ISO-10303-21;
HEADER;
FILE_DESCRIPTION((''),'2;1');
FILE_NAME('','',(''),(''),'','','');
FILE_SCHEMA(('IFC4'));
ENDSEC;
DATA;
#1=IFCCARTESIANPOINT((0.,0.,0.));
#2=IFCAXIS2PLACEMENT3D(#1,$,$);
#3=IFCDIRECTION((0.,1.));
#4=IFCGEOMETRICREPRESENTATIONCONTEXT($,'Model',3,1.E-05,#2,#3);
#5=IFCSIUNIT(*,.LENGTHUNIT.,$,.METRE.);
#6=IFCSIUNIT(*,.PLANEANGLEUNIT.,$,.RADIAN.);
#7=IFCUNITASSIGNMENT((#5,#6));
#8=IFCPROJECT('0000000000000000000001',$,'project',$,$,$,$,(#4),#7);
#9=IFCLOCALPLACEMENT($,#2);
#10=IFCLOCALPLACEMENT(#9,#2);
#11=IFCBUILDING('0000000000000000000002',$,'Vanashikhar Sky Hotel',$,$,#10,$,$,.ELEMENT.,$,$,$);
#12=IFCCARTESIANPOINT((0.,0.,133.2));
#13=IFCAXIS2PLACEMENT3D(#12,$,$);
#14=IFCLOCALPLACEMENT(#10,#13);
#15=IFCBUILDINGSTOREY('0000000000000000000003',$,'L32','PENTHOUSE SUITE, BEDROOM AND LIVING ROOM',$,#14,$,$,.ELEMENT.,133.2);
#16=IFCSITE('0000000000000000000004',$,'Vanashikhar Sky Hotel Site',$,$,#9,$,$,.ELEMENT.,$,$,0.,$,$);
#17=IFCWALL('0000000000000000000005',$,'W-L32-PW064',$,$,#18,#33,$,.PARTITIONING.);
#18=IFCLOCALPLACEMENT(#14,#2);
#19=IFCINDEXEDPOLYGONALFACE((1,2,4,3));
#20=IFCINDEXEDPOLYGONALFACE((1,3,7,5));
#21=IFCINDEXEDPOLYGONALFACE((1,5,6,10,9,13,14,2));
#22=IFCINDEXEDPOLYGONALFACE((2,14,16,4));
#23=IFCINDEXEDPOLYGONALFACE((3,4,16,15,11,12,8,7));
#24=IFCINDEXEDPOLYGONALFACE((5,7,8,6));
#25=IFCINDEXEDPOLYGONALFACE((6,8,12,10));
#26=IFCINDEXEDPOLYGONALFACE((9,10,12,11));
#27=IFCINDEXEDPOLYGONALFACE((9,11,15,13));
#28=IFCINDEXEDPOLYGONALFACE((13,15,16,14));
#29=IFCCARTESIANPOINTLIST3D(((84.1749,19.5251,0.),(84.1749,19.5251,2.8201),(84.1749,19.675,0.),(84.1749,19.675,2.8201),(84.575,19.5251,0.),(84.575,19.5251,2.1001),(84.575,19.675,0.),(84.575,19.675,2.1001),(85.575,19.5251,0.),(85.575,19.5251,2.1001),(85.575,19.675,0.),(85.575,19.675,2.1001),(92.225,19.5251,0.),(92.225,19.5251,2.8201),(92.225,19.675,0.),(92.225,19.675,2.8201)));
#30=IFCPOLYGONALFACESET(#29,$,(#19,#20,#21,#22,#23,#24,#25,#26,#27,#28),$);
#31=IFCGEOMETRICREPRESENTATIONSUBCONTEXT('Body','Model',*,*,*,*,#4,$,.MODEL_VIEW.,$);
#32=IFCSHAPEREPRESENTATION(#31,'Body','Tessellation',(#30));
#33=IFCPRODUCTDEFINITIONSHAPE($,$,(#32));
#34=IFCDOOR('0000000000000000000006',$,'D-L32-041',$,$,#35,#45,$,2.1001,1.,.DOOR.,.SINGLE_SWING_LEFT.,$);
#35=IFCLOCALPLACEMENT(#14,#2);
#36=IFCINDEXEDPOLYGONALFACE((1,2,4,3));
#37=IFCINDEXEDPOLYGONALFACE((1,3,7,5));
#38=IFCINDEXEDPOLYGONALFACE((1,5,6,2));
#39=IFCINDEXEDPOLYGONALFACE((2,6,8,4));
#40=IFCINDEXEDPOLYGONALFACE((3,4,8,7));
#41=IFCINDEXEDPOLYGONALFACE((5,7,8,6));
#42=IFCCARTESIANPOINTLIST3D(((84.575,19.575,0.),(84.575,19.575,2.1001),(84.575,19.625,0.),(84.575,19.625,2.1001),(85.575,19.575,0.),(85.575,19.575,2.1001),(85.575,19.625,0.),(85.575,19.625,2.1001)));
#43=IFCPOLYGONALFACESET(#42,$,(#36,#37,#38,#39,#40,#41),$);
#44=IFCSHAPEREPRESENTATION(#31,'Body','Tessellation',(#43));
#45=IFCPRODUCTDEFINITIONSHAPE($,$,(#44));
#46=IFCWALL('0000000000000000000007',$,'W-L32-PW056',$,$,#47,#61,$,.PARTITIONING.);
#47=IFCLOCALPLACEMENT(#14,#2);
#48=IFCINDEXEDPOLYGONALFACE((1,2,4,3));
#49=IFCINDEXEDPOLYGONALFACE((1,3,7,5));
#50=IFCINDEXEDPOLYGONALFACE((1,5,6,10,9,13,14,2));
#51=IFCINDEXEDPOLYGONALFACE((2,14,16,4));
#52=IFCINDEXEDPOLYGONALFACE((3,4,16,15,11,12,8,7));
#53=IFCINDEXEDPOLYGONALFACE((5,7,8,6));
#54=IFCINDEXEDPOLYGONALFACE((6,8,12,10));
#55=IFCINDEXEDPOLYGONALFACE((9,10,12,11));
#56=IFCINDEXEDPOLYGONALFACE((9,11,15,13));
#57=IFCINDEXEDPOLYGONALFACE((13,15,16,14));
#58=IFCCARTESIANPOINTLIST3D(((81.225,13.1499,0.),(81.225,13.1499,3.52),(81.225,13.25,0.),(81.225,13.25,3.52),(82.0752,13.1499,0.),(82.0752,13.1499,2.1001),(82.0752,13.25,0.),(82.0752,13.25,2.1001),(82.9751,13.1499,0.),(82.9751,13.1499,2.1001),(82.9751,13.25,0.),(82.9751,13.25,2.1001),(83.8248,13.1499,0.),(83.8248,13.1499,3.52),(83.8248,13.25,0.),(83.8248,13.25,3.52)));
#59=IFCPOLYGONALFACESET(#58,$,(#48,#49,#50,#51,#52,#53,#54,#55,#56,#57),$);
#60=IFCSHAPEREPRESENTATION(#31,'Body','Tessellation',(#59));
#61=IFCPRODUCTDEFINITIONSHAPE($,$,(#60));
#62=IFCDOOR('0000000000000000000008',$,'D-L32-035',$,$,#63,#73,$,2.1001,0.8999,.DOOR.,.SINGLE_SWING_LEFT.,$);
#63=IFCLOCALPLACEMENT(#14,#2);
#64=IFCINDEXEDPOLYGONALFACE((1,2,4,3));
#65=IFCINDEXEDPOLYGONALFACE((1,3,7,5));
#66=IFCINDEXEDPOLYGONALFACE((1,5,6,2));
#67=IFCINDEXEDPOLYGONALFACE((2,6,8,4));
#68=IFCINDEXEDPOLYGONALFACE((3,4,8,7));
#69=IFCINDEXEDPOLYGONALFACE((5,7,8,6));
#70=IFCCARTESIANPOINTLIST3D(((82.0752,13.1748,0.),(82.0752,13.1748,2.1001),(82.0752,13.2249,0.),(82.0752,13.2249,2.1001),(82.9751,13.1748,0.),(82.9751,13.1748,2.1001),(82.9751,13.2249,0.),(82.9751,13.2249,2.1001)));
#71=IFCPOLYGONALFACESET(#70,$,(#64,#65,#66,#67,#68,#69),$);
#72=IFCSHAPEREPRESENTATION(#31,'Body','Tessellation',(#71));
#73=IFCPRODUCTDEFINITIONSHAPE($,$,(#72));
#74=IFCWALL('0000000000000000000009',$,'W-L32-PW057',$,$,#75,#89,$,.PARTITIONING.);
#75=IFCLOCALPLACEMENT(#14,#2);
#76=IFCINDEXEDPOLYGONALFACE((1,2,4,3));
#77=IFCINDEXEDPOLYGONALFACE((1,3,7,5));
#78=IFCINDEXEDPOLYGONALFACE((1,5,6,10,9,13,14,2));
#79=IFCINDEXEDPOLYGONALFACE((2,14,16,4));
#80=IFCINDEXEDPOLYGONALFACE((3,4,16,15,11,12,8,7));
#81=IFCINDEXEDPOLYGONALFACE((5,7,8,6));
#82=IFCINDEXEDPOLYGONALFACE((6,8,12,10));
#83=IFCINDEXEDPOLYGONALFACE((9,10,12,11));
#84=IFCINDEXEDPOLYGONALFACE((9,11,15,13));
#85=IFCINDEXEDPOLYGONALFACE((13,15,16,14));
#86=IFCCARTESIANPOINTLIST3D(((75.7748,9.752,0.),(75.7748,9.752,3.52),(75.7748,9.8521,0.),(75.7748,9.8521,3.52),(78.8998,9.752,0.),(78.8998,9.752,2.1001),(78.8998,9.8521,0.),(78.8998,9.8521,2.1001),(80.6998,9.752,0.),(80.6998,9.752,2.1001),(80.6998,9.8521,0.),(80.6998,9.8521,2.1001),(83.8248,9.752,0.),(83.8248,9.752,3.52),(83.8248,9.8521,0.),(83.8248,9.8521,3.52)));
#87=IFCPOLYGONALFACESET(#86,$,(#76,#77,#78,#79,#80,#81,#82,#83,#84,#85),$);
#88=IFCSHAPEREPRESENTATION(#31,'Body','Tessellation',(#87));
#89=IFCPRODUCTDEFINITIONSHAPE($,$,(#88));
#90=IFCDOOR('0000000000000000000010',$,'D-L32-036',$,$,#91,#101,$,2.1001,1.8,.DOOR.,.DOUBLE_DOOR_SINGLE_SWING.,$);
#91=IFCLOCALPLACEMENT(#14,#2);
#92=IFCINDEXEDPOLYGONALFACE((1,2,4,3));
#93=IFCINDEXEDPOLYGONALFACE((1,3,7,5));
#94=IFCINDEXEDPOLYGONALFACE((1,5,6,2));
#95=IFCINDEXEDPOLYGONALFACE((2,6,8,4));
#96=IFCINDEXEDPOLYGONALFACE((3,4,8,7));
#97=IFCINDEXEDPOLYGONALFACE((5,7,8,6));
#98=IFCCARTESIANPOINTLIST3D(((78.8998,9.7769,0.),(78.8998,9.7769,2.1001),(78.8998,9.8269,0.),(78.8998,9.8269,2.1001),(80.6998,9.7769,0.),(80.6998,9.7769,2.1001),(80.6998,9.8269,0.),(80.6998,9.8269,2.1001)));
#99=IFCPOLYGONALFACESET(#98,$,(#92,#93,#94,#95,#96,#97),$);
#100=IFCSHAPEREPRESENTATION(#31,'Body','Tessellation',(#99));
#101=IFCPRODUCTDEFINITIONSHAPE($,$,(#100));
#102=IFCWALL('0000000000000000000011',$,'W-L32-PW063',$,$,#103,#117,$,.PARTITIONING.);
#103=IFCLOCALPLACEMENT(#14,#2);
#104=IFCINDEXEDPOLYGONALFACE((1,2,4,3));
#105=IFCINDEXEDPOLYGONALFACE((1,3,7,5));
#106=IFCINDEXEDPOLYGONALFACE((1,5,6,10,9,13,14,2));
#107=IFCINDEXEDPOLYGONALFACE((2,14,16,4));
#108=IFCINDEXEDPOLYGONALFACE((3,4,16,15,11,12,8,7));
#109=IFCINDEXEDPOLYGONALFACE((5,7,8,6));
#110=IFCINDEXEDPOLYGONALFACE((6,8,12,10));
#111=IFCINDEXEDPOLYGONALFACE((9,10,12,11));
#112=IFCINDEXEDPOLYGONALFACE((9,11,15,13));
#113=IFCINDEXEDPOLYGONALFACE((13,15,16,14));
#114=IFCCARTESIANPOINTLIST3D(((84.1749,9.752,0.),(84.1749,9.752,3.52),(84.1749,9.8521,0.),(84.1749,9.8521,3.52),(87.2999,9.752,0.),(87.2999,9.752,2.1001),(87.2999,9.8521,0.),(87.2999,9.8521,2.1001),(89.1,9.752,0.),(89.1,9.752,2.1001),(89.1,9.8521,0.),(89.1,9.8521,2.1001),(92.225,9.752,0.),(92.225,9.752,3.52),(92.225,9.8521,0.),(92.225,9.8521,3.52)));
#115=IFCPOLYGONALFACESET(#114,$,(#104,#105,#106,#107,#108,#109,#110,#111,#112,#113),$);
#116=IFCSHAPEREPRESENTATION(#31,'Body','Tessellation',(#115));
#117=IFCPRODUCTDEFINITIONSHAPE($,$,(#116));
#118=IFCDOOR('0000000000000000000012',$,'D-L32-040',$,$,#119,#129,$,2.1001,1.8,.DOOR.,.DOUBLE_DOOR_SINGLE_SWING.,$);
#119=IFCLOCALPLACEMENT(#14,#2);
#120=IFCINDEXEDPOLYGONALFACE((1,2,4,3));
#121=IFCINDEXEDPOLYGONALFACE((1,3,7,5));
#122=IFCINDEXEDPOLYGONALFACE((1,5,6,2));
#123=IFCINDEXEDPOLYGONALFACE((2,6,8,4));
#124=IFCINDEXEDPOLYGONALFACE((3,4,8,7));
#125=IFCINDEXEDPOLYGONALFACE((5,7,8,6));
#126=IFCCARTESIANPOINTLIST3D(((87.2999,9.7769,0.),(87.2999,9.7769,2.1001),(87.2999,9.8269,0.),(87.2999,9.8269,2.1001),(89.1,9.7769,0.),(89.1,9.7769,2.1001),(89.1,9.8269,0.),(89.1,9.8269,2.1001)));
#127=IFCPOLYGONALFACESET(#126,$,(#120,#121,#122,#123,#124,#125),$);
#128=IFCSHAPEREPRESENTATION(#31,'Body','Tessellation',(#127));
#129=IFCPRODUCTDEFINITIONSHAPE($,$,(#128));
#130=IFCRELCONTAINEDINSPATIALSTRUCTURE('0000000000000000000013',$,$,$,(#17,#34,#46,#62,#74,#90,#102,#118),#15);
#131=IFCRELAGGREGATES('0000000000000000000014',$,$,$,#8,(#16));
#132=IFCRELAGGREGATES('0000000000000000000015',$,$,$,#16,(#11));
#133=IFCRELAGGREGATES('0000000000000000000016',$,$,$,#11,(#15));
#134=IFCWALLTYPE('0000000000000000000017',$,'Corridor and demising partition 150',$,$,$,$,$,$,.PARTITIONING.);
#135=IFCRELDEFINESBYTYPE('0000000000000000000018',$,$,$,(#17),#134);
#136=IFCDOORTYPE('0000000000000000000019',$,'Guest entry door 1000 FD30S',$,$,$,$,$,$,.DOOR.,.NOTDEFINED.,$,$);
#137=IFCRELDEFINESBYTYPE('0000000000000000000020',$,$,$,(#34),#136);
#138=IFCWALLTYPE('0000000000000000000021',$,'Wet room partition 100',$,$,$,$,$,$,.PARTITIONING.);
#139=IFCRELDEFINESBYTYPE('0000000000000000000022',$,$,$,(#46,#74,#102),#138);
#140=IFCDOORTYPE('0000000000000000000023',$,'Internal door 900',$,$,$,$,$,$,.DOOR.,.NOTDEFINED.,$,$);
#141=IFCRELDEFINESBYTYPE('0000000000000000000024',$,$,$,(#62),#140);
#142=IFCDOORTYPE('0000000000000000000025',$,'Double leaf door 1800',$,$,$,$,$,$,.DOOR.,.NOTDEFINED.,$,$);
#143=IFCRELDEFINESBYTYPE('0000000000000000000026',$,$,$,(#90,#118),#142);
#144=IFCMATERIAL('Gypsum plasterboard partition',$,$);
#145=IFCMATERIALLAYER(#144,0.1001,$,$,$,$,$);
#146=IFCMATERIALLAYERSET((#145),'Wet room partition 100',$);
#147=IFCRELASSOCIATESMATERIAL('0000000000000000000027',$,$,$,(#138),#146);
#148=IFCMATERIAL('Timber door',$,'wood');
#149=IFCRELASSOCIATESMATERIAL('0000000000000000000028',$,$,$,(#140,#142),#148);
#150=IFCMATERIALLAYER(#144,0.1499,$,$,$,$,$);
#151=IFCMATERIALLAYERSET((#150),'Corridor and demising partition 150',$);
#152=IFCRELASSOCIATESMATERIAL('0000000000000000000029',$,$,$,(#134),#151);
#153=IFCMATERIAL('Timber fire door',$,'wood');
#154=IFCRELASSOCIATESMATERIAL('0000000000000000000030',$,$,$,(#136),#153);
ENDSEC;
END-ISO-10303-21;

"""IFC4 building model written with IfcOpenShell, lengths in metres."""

from ifc_helpers import new_model, si_unit, direction, frame, frame_2d, origin, place, context, subcontext, project, spatial, rectangle, extrude, source, transform, mapped, material, layer, layer_set, type_object, element, fill, save


model = new_model("IFC4")

# Units and contexts
model_context = context("Model", 3, precision=1e-05, world=origin(), true_north=direction((0.0, 1.0)))
body_context = subcontext(model_context, "Body", "Model", "MODEL_VIEW")
ifc_project = project(units=[si_unit("LENGTHUNIT", "METRE"), si_unit("PLANEANGLEUNIT", "RADIAN")], contexts=[model_context])

# Site, building, storey
site_placement = place(None, origin())
site = spatial("IfcSite", under=ifc_project, at=site_placement, Name="Vanashikhar Sky Hotel Site", CompositionType="ELEMENT", RefElevation=0.0)
building_placement = place(site_placement, origin())
building = spatial("IfcBuilding", under=site, at=building_placement, Name="Vanashikhar Sky Hotel", CompositionType="ELEMENT")
storey_placement = place(building_placement, frame((0.0, 0.0, 133.2)))
storey = spatial("IfcBuildingStorey", under=building, at=storey_placement, Name="L32", Description="PENTHOUSE SUITE, BEDROOM AND LIVING ROOM", CompositionType="ELEMENT", Elevation=133.2)

# Shared definitions
ifc_material_1 = material(Name="Gypsum plasterboard partition")
ifc_layer_1 = layer(ifc_material_1, 0.1001)
ifc_layer_set_1 = layer_set([ifc_layer_1], Name="Wet room partition 100")
wall_type_1 = type_object("IfcWallType", Name="Wet room partition 100", PredefinedType="PARTITIONING", material=ifc_layer_set_1)
shared_shape_1 = source(origin(), body_context, "Body", "SweptSolid", [
    extrude(rectangle(XDim=0.8999, YDim=2.1001, at=frame_2d((0.45, 1.05))), frame((0.0, 0.0601, 0.0), z_axis=(0.0, -1.0, 0.0), x_axis=(1.0, 0.0, 0.0)), (0.0, 0.0, 1.0), 0.1201),
])
ifc_material_2 = material(Name="Timber door", Category="wood")
door_type_1 = type_object("IfcDoorType", Name="Internal door 900", OperationType="NOTDEFINED", PredefinedType="DOOR", material=ifc_material_2)
shared_shape_2 = source(origin(), body_context, "Body", "SweptSolid", [
    extrude(rectangle(XDim=0.8999, YDim=2.1001, at=frame_2d((0.45, 1.05))), frame((0.0, 0.0249, 0.0), z_axis=(0.0, -1.0, 0.0), x_axis=(1.0, 0.0, 0.0)), (0.0, 0.0, 1.0), 0.05),
])

# Walls, openings, doors
ifc_layer_2 = layer(ifc_material_1, 0.1499)
ifc_layer_set_2 = layer_set([ifc_layer_2], Name="Corridor and demising partition 150")
wall_type_2 = type_object("IfcWallType", Name="Corridor and demising partition 150", PredefinedType="PARTITIONING", material=ifc_layer_set_2)
shared_shape_3 = source(origin(), body_context, "Body", "SweptSolid", [
    extrude(rectangle(XDim=8.05, YDim=0.1499, at=frame_2d((4.0249, 0.0))), origin(), (0.0, 0.0, 1.0), 2.8201),
])
shared_shape_4 = source(origin(), body_context, "Body", "SweptSolid", [
    extrude(rectangle(XDim=1.0, YDim=2.1001, at=frame_2d((0.5, 1.05))), frame((0.0, 0.085, 0.0), z_axis=(0.0, -1.0, 0.0), x_axis=(1.0, 0.0, 0.0)), (0.0, 0.0, 1.0), 0.1699),
])
ifc_material_3 = material(Name="Timber fire door", Category="wood")
door_type_2 = type_object("IfcDoorType", Name="Guest entry door 1000 FD30S", OperationType="NOTDEFINED", PredefinedType="DOOR", material=ifc_material_3)
shared_shape_5 = source(origin(), body_context, "Body", "SweptSolid", [
    extrude(rectangle(XDim=1.0, YDim=2.1001, at=frame_2d((0.5, 1.05))), frame((0.0, 0.0249, 0.0), z_axis=(0.0, -1.0, 0.0), x_axis=(1.0, 0.0, 0.0)), (0.0, 0.0, 1.0), 0.05),
])
wall_1_placement = place(storey_placement, frame((84.175, 19.6001, 0.0), z_axis=(0.0, 0.0, 1.0), x_axis=(1.0, 0.0, 0.0)))
wall_1 = element("IfcWall", 1, at=wall_1_placement, inside=storey, type_object=wall_type_2, Name="W-L32-PW064", PredefinedType="PARTITIONING", context=body_context, shape_type="MappedRepresentation", body=[
    mapped(shared_shape_3, transform((0.0, 0.0, 0.0), scale=1.0)),
])
opening_1_placement = place(wall_1_placement, frame((0.3999, 0.0, 0.0)))
opening_1 = element("IfcOpeningElement", 2, at=opening_1_placement, cuts=wall_1, PredefinedType="OPENING", context=body_context, shape_type="MappedRepresentation", body=[
    mapped(shared_shape_4, transform((0.0, 0.0, 0.0), scale=1.0)),
])
door_1_placement = place(opening_1_placement, origin())
door_1 = element("IfcDoor", 3, at=door_1_placement, inside=storey, type_object=door_type_2, Name="D-L32-041", OperationType="SINGLE_SWING_LEFT", OverallHeight=2.1001, OverallWidth=1.0, PredefinedType="DOOR", context=body_context, shape_type="MappedRepresentation", body=[
    mapped(shared_shape_5, transform((0.0, 0.0, 0.0), scale=1.0)),
])
fill(opening_1, door_1)
shared_shape_6 = source(origin(), body_context, "Body", "SweptSolid", [
    extrude(rectangle(XDim=2.5999, YDim=0.1001, at=frame_2d((1.2998, 0.0))), origin(), (0.0, 0.0, 1.0), 3.52),
])
wall_2_placement = place(storey_placement, frame((81.2251, 13.2, 0.0), z_axis=(0.0, 0.0, 1.0), x_axis=(1.0, 0.0, 0.0)))
wall_2 = element("IfcWall", 4, at=wall_2_placement, inside=storey, type_object=wall_type_1, Name="W-L32-PW056", PredefinedType="PARTITIONING", context=body_context, shape_type="MappedRepresentation", body=[
    mapped(shared_shape_6, transform((0.0, 0.0, 0.0), scale=1.0)),
])
opening_2_placement = place(wall_2_placement, frame((0.8501, 0.0, 0.0)))
opening_2 = element("IfcOpeningElement", 5, at=opening_2_placement, cuts=wall_2, PredefinedType="OPENING", context=body_context, shape_type="MappedRepresentation", body=[
    mapped(shared_shape_1, transform((0.0, 0.0, 0.0), scale=1.0)),
])
door_2_placement = place(opening_2_placement, origin())
door_2 = element("IfcDoor", 6, at=door_2_placement, inside=storey, type_object=door_type_1, Name="D-L32-035", OperationType="SINGLE_SWING_LEFT", OverallHeight=2.1001, OverallWidth=0.8999, PredefinedType="DOOR", context=body_context, shape_type="MappedRepresentation", body=[
    mapped(shared_shape_2, transform((0.0, 0.0, 0.0), scale=1.0)),
])
fill(opening_2, door_2)
shared_shape_7 = source(origin(), body_context, "Body", "SweptSolid", [
    extrude(rectangle(XDim=8.05, YDim=0.1001, at=frame_2d((4.0249, 0.0))), origin(), (0.0, 0.0, 1.0), 3.52),
])
wall_3_placement = place(storey_placement, frame((75.7749, 9.802, 0.0), z_axis=(0.0, 0.0, 1.0), x_axis=(1.0, 0.0, 0.0)))
wall_3 = element("IfcWall", 7, at=wall_3_placement, inside=storey, type_object=wall_type_1, Name="W-L32-PW057", PredefinedType="PARTITIONING", context=body_context, shape_type="MappedRepresentation", body=[
    mapped(shared_shape_7, transform((0.0, 0.0, 0.0), scale=1.0)),
])
shared_shape_8 = source(origin(), body_context, "Body", "SweptSolid", [
    extrude(rectangle(XDim=1.8, YDim=2.1001, at=frame_2d((0.8999, 1.05))), frame((0.0, 0.0601, 0.0), z_axis=(0.0, -1.0, 0.0), x_axis=(1.0, 0.0, 0.0)), (0.0, 0.0, 1.0), 0.1201),
])
opening_3_placement = place(wall_3_placement, frame((3.125, 0.0, 0.0)))
opening_3 = element("IfcOpeningElement", 8, at=opening_3_placement, cuts=wall_3, PredefinedType="OPENING", context=body_context, shape_type="MappedRepresentation", body=[
    mapped(shared_shape_8, transform((0.0, 0.0, 0.0), scale=1.0)),
])
door_type_3 = type_object("IfcDoorType", Name="Double leaf door 1800", OperationType="NOTDEFINED", PredefinedType="DOOR", material=ifc_material_2)
shared_shape_9 = source(origin(), body_context, "Body", "SweptSolid", [
    extrude(rectangle(XDim=1.8, YDim=2.1001, at=frame_2d((0.8999, 1.05))), frame((0.0, 0.0249, 0.0), z_axis=(0.0, -1.0, 0.0), x_axis=(1.0, 0.0, 0.0)), (0.0, 0.0, 1.0), 0.05),
])
door_3_placement = place(opening_3_placement, origin())
door_3 = element("IfcDoor", 9, at=door_3_placement, inside=storey, type_object=door_type_3, Name="D-L32-036", OperationType="DOUBLE_DOOR_SINGLE_SWING", OverallHeight=2.1001, OverallWidth=1.8, PredefinedType="DOOR", context=body_context, shape_type="MappedRepresentation", body=[
    mapped(shared_shape_9, transform((0.0, 0.0, 0.0), scale=1.0)),
])
fill(opening_3, door_3)
wall_4_placement = place(storey_placement, frame((84.175, 9.802, 0.0), z_axis=(0.0, 0.0, 1.0), x_axis=(1.0, 0.0, 0.0)))
wall_4 = element("IfcWall", 10, at=wall_4_placement, inside=storey, type_object=wall_type_1, Name="W-L32-PW063", PredefinedType="PARTITIONING", context=body_context, shape_type="MappedRepresentation", body=[
    mapped(shared_shape_7, transform((0.0, 0.0, 0.0), scale=1.0)),
])
opening_4_placement = place(wall_4_placement, frame((3.125, 0.0, 0.0)))
opening_4 = element("IfcOpeningElement", 11, at=opening_4_placement, cuts=wall_4, PredefinedType="OPENING", context=body_context, shape_type="MappedRepresentation", body=[
    mapped(shared_shape_8, transform((0.0, 0.0, 0.0), scale=1.0)),
])
door_4_placement = place(opening_4_placement, origin())
door_4 = element("IfcDoor", 12, at=door_4_placement, inside=storey, type_object=door_type_3, Name="D-L32-040", OperationType="DOUBLE_DOOR_SINGLE_SWING", OverallHeight=2.1001, OverallWidth=1.8, PredefinedType="DOOR", context=body_context, shape_type="MappedRepresentation", body=[
    mapped(shared_shape_9, transform((0.0, 0.0, 0.0), scale=1.0)),
])
fill(opening_4, door_4)

save(model, "model.ifc")
